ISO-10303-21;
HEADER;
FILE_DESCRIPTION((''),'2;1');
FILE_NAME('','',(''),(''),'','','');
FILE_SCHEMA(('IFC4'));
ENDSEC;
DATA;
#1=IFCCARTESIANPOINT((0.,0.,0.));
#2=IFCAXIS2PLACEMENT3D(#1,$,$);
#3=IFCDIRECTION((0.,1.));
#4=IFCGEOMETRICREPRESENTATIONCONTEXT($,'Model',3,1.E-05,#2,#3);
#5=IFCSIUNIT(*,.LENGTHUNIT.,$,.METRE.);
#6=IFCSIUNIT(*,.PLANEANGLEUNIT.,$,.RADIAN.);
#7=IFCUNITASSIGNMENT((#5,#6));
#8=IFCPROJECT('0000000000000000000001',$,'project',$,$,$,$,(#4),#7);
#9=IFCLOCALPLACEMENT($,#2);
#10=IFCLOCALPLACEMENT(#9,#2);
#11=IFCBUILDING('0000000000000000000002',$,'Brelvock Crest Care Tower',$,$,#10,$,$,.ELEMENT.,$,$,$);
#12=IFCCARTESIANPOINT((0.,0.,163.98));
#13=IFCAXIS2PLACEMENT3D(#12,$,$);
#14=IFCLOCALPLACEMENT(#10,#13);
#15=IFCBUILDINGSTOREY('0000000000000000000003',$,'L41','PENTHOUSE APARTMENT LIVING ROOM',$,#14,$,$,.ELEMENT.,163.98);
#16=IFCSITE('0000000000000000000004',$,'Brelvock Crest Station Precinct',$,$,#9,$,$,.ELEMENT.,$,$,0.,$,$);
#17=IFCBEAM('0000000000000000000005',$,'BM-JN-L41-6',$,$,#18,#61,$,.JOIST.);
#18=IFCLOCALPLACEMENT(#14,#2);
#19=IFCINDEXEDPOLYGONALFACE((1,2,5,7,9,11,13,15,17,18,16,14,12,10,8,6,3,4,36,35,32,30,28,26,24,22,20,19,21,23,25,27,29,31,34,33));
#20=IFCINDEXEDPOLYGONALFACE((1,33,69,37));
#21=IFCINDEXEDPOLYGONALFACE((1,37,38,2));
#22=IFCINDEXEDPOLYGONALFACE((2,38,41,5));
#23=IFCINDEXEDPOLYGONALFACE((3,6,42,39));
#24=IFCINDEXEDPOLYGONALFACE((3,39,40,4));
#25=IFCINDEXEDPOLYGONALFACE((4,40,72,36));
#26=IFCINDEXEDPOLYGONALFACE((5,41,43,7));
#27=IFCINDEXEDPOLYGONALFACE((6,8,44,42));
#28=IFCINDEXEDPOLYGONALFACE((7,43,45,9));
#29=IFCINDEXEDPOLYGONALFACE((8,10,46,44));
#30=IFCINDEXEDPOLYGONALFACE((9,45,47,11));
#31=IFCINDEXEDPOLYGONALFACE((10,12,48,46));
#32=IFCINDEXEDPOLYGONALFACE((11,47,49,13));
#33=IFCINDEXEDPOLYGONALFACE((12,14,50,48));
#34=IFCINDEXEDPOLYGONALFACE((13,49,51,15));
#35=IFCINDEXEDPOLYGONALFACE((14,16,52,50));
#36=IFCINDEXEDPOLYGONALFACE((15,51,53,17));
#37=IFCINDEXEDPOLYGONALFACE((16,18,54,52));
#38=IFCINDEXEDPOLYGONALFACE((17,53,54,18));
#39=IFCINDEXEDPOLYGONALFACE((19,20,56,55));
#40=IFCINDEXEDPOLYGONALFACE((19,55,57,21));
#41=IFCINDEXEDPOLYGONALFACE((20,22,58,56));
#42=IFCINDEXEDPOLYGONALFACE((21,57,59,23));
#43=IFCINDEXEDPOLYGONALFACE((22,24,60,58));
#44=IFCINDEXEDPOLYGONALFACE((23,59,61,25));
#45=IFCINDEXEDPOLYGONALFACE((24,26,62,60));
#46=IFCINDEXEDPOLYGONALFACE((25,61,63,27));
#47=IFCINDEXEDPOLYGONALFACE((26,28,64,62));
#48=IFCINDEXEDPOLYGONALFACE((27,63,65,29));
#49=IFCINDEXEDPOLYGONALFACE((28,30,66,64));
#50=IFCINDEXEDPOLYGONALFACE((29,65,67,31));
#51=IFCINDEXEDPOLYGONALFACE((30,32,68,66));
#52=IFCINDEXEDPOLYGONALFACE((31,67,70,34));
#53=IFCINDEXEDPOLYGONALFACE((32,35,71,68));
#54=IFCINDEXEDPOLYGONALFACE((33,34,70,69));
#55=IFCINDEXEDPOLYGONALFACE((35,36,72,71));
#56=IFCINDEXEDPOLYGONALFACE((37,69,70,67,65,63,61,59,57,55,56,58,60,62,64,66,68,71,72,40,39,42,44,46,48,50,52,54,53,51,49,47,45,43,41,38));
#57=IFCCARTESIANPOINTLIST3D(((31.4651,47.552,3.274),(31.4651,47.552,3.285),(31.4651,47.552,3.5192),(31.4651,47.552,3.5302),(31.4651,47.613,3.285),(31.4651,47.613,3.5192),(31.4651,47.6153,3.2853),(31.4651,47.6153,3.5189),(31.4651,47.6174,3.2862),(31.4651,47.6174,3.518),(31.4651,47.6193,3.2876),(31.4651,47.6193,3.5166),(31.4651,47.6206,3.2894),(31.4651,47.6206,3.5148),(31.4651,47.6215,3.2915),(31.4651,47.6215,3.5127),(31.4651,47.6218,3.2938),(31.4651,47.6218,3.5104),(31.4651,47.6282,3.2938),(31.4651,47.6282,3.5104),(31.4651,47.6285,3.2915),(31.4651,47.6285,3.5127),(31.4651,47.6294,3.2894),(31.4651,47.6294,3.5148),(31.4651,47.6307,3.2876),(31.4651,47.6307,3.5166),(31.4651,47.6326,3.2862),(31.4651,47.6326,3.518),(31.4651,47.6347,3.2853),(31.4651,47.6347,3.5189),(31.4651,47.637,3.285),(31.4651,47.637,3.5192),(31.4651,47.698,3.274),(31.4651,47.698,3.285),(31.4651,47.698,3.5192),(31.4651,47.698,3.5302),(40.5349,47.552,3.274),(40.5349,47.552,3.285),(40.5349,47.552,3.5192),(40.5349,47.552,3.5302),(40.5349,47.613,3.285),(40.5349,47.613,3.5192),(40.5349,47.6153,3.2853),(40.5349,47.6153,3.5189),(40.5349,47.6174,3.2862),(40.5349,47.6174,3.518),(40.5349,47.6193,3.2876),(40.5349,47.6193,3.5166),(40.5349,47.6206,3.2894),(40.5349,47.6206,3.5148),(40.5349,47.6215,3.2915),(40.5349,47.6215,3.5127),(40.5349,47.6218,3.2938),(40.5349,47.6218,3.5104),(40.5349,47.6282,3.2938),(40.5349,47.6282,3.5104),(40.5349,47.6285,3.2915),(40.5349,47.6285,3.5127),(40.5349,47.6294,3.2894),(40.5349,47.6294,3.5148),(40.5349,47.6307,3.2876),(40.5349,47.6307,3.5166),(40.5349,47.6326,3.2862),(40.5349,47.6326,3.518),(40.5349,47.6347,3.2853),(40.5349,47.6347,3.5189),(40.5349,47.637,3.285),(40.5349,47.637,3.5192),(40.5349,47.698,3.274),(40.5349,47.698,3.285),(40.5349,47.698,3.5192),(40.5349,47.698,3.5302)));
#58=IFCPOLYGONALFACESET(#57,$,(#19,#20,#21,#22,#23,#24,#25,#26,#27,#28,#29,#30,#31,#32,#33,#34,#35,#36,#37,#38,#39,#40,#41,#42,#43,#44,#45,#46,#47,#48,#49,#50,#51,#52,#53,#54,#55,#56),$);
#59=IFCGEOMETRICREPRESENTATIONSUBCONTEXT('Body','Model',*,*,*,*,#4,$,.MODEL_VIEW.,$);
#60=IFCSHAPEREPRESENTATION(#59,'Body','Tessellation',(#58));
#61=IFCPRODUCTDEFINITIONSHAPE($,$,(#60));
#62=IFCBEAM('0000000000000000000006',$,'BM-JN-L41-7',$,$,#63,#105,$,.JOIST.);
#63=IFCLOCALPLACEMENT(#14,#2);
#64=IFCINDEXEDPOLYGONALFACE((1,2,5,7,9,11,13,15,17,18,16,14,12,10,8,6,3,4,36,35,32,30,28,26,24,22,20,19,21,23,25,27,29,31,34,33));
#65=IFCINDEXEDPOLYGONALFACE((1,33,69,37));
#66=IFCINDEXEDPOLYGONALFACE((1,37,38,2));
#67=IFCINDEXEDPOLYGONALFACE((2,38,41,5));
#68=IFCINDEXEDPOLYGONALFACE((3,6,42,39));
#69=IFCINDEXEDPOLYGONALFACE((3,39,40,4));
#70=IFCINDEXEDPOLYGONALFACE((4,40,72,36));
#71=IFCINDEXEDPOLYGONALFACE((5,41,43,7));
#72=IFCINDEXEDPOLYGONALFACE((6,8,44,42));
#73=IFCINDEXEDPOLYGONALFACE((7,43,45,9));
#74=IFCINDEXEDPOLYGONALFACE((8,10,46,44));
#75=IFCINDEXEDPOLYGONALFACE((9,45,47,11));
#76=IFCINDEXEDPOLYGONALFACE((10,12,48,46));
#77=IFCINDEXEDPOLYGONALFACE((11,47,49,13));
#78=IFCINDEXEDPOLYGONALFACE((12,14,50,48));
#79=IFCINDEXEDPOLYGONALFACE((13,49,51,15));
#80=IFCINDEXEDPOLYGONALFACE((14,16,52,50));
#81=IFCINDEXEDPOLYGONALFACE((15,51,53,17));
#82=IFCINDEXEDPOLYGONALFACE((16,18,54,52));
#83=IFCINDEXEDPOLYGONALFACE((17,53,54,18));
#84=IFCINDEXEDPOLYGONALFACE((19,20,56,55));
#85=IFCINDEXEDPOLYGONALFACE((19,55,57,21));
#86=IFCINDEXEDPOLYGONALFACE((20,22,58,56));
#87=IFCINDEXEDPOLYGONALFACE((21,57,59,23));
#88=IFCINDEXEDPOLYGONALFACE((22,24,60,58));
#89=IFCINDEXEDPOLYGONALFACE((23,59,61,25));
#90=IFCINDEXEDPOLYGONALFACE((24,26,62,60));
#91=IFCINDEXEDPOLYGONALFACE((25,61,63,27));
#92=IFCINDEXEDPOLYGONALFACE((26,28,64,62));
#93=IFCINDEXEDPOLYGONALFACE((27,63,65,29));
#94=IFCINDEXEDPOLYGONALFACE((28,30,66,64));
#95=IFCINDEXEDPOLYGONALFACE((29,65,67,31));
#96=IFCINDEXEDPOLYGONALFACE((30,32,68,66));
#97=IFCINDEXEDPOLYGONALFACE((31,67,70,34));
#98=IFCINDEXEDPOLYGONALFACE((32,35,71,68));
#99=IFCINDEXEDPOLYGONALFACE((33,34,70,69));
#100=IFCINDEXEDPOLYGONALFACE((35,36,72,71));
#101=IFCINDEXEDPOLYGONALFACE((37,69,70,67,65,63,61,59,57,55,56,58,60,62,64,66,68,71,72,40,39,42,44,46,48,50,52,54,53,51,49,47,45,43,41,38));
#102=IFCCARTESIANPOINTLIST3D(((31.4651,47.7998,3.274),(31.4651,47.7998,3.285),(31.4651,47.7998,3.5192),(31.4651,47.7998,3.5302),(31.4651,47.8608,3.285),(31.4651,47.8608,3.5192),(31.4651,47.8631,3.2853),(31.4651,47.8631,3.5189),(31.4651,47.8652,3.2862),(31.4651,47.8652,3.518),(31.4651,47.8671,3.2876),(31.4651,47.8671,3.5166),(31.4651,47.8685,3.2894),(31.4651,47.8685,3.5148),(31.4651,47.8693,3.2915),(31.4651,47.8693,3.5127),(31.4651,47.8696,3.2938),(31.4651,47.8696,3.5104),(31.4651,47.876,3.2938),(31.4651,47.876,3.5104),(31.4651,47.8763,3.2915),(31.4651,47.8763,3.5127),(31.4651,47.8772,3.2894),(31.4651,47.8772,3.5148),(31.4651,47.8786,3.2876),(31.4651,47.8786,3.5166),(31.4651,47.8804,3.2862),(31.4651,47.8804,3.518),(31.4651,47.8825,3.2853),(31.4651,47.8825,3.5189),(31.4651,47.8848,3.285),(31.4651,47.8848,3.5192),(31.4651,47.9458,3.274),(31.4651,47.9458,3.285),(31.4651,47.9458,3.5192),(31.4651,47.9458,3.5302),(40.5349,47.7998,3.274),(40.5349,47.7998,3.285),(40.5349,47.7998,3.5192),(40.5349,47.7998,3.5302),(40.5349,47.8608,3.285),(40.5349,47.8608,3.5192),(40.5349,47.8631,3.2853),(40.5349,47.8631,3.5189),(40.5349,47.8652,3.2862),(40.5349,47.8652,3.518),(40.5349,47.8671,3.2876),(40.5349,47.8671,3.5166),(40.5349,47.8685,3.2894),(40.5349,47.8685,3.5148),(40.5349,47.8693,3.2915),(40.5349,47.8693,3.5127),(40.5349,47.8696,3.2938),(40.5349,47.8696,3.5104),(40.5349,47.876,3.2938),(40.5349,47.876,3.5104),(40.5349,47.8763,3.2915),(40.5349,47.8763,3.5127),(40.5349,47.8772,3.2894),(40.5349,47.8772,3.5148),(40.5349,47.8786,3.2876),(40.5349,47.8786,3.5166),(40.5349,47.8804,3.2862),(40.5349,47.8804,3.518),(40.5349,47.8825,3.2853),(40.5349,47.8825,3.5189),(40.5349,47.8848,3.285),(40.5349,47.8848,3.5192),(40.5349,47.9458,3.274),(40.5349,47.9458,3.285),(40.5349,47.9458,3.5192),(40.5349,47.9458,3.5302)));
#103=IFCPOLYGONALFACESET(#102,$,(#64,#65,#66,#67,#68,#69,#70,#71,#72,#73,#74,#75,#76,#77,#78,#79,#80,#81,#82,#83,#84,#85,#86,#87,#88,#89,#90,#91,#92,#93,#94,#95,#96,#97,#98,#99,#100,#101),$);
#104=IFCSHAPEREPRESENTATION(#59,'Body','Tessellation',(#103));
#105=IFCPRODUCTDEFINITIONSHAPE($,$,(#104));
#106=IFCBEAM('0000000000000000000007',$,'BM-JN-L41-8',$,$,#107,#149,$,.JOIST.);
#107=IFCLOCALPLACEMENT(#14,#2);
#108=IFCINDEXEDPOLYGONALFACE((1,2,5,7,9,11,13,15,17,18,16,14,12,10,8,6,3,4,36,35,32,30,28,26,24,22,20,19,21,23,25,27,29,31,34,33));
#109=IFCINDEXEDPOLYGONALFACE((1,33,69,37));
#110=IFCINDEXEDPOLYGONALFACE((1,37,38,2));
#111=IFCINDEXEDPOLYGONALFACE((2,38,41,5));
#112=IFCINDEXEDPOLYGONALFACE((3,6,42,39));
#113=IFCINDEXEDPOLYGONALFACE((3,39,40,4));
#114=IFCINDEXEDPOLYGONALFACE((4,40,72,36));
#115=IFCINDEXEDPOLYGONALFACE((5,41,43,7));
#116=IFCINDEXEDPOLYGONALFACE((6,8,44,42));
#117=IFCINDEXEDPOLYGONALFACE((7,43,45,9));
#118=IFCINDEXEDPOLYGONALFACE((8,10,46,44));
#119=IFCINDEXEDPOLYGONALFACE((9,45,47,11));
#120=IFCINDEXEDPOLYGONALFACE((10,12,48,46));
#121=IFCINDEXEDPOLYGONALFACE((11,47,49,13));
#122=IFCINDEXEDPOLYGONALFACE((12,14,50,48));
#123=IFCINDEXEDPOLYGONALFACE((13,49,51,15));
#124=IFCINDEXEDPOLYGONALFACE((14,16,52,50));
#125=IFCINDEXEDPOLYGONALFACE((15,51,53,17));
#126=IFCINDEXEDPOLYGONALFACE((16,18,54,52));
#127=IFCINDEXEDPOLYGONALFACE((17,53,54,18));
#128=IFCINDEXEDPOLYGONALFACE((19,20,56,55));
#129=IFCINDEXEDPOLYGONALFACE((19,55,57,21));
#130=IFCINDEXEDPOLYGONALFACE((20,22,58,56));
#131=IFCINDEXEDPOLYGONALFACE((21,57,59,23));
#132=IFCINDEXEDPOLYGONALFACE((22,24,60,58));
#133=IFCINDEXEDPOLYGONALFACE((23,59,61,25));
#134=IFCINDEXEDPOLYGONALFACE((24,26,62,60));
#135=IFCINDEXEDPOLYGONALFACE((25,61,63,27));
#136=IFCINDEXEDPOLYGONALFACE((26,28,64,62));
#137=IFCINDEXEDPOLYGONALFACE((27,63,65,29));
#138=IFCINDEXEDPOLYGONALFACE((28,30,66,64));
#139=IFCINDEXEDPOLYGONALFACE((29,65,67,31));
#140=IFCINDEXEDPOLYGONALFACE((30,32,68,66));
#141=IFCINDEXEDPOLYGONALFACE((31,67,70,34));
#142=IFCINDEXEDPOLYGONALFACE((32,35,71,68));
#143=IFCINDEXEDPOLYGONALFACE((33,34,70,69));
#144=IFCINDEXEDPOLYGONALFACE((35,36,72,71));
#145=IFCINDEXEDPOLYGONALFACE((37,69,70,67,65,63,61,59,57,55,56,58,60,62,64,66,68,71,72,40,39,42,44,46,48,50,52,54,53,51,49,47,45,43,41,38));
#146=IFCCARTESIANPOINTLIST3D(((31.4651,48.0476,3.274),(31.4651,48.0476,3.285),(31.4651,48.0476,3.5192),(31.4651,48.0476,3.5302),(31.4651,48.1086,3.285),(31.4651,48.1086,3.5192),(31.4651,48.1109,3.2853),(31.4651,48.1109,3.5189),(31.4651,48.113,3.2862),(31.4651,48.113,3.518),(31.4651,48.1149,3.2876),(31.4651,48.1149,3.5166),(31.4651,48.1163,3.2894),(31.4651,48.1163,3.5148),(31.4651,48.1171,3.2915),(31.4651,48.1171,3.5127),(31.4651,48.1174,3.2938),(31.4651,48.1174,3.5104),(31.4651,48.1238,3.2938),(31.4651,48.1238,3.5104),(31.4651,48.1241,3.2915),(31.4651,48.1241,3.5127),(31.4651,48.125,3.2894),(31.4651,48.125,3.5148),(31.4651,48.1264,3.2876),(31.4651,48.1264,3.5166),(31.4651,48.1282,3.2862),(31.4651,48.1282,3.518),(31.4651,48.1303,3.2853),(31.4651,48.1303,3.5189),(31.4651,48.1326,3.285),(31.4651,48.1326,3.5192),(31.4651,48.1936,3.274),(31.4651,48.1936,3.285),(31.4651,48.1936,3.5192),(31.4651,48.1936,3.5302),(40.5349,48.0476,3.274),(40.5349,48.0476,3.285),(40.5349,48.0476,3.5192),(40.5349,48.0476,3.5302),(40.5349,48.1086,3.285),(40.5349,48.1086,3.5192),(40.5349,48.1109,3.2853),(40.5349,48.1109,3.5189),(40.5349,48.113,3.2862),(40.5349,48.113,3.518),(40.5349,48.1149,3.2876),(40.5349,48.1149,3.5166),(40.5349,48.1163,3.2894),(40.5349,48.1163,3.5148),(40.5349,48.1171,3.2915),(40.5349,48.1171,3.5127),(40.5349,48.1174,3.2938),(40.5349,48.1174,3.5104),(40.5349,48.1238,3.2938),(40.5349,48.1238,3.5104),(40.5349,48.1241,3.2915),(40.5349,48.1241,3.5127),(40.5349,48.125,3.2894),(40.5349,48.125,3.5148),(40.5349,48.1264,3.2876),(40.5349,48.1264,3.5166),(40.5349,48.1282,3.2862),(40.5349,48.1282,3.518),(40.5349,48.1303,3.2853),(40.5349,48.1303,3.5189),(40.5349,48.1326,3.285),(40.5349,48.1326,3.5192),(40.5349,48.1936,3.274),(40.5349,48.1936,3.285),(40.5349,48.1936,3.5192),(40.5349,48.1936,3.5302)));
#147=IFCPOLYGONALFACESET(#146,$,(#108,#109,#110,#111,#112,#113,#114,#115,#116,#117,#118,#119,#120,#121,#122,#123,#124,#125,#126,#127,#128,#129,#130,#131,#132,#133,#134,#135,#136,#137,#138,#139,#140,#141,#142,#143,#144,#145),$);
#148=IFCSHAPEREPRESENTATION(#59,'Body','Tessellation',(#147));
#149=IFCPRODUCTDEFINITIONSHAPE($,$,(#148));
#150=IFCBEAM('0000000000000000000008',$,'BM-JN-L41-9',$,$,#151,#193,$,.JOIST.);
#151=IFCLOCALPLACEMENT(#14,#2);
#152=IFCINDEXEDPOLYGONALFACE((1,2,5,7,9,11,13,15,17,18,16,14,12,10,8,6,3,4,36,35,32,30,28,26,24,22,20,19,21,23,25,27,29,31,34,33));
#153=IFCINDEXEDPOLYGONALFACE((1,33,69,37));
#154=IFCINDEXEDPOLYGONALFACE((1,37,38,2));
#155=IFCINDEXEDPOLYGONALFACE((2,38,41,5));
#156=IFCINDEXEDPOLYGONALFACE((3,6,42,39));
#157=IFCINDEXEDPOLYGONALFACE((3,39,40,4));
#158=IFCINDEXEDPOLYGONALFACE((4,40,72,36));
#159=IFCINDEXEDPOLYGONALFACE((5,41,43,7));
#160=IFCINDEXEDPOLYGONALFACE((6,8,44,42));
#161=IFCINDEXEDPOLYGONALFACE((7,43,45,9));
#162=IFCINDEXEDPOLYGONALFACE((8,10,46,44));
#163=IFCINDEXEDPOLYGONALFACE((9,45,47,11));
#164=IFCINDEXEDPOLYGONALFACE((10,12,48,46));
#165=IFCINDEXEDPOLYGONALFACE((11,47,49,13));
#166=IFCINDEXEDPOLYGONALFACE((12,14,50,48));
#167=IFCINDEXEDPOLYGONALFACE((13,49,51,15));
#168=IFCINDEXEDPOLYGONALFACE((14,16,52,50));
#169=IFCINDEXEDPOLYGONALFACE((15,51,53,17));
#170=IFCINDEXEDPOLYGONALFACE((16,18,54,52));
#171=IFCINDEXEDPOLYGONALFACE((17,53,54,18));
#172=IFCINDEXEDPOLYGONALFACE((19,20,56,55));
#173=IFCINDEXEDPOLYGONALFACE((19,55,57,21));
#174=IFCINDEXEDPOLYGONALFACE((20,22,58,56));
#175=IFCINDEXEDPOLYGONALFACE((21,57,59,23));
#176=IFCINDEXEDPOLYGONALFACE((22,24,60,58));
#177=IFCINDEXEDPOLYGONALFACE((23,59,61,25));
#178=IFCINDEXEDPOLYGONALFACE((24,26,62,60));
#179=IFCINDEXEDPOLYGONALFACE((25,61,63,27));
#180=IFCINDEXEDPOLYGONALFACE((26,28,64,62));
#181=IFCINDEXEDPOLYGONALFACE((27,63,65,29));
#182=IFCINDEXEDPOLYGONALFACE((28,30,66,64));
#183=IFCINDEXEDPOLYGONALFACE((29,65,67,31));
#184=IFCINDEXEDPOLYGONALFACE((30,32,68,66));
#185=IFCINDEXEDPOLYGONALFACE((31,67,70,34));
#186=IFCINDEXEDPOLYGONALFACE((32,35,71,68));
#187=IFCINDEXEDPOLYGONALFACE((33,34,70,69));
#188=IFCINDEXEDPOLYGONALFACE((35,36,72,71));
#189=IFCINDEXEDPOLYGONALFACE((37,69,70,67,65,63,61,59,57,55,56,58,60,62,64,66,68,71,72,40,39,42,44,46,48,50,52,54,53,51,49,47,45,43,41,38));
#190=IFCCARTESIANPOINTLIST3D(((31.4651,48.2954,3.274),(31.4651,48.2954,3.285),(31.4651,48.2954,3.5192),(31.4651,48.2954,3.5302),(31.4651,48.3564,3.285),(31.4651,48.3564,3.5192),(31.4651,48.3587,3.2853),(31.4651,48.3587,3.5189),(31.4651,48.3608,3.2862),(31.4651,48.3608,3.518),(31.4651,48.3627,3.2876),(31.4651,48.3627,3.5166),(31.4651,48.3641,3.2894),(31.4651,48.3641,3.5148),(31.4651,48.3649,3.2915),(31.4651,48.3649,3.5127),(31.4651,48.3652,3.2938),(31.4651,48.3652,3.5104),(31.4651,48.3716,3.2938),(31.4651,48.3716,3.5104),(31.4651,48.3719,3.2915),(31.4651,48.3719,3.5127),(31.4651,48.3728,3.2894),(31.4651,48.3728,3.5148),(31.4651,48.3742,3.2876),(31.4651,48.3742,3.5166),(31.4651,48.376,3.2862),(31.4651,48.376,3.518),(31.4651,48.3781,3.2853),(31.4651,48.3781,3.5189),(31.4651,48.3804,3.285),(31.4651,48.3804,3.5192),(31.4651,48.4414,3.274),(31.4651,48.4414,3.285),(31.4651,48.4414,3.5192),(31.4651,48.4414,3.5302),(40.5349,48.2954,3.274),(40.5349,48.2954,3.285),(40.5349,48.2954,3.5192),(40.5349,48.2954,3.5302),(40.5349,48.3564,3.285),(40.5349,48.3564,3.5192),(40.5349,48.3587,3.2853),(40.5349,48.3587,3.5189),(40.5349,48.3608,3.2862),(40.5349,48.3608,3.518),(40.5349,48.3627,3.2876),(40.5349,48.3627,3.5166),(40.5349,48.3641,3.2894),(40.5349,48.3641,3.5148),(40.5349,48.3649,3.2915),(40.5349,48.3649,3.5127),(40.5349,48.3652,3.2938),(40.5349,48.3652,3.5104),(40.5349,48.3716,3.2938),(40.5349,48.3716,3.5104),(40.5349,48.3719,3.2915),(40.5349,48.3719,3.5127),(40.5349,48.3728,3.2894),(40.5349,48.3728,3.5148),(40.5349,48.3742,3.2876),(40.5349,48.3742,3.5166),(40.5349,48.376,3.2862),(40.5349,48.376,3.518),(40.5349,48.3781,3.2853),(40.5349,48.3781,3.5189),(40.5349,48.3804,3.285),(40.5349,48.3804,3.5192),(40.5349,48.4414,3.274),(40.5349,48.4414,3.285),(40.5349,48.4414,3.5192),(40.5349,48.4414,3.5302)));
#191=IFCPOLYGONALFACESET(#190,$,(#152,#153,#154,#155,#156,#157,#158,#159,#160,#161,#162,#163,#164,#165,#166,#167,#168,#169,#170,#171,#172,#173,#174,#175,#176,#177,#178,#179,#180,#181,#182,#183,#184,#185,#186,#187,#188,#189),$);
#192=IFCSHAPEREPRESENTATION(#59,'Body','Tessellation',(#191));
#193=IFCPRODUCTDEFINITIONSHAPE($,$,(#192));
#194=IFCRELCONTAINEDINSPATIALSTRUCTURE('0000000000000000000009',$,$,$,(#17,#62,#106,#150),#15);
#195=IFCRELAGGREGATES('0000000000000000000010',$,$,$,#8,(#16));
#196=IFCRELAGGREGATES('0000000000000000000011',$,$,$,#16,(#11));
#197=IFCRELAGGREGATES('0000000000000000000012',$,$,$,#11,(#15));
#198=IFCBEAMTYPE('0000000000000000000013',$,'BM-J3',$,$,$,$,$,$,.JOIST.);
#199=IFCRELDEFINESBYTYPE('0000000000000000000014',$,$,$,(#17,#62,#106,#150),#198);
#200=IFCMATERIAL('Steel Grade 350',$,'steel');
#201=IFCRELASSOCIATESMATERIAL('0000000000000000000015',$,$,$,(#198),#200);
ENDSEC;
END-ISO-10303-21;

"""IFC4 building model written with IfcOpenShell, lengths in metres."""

from ifc_helpers import new_model, si_unit, direction, frame, origin, origin_2d, place, context, subcontext, project, spatial, i_section, extrude, source, transform, mapped, material, material_profile, profile_set, type_object, element, save


model = new_model("IFC4")

# Units and contexts
model_context = context("Model", 3, precision=1e-05, world=origin(), true_north=direction((0.0, 1.0)))
body_context = subcontext(model_context, "Body", "Model", "MODEL_VIEW")
ifc_project = project(units=[si_unit("LENGTHUNIT", "METRE"), si_unit("PLANEANGLEUNIT", "RADIAN")], contexts=[model_context])

# Site, building, storey
site_placement = place(None, origin())
site = spatial("IfcSite", under=ifc_project, at=site_placement, Name="Brelvock Crest Station Precinct", CompositionType="ELEMENT", RefElevation=0.0)
building_placement = place(site_placement, origin())
building = spatial("IfcBuilding", under=site, at=building_placement, Name="Brelvock Crest Care Tower", CompositionType="ELEMENT")
storey_placement = place(building_placement, frame((0.0, 0.0, 163.98)))
storey = spatial("IfcBuildingStorey", under=building, at=storey_placement, Name="L41", Description="PENTHOUSE APARTMENT LIVING ROOM", CompositionType="ELEMENT", Elevation=163.98)

# Shared definitions
ifc_material_1 = material(Name="Steel Grade 350", Category="steel")

# Beams
ifc_material_profile_1 = material_profile(ifc_material_1, i_section(OverallWidth=0.146, OverallDepth=0.2561, WebThickness=0.0063, FlangeThickness=0.011, FilletRadius=0.0088, at=origin_2d()), Name="250UB37.3")
ifc_profile_set_1 = profile_set([ifc_material_profile_1], Name="Steel Grade 350")
beam_type_1 = type_object("IfcBeamType", Name="BM-J3", PredefinedType="JOIST", material=ifc_profile_set_1)
shared_shape_1 = source(origin(), body_context, "Body", "SweptSolid", [
    extrude(i_section(OverallWidth=0.146, OverallDepth=0.2561, WebThickness=0.0063, FlangeThickness=0.011, FilletRadius=0.0088, at=origin_2d()), origin(), (0.0, 0.0, 1.0), 9.0698),
])
for number, where, z_axis, x_axis, name in (
    (1, (31.4651, 47.625, 3.4021), (1.0, 0.0, 0.0), (0.0, 1.0, 0.0), "BM-JN-L41-6"),
    (2, (31.4651, 47.8728, 3.4021), (1.0, 0.0, 0.0), (0.0, 1.0, 0.0), "BM-JN-L41-7"),
    (3, (31.4651, 48.1206, 3.4021), (1.0, 0.0, 0.0), (0.0, 1.0, 0.0), "BM-JN-L41-8"),
    (4, (31.4651, 48.3684, 3.4021), (1.0, 0.0, 0.0), (0.0, 1.0, 0.0), "BM-JN-L41-9"),
):
    element("IfcBeam", number, at=place(storey_placement, frame(where, z_axis=z_axis, x_axis=x_axis)), inside=storey, type_object=beam_type_1, Name=name, PredefinedType="JOIST", context=body_context, shape_type="MappedRepresentation", body=[
        mapped(shared_shape_1, transform((0.0, 0.0, 0.0), x_axis=(1.0, 0.0, 0.0), y_axis=(0.0, 1.0, 0.0), z_axis=(0.0, 0.0, 1.0), scale=1.0)),
    ])

save(model, "model.ifc")
